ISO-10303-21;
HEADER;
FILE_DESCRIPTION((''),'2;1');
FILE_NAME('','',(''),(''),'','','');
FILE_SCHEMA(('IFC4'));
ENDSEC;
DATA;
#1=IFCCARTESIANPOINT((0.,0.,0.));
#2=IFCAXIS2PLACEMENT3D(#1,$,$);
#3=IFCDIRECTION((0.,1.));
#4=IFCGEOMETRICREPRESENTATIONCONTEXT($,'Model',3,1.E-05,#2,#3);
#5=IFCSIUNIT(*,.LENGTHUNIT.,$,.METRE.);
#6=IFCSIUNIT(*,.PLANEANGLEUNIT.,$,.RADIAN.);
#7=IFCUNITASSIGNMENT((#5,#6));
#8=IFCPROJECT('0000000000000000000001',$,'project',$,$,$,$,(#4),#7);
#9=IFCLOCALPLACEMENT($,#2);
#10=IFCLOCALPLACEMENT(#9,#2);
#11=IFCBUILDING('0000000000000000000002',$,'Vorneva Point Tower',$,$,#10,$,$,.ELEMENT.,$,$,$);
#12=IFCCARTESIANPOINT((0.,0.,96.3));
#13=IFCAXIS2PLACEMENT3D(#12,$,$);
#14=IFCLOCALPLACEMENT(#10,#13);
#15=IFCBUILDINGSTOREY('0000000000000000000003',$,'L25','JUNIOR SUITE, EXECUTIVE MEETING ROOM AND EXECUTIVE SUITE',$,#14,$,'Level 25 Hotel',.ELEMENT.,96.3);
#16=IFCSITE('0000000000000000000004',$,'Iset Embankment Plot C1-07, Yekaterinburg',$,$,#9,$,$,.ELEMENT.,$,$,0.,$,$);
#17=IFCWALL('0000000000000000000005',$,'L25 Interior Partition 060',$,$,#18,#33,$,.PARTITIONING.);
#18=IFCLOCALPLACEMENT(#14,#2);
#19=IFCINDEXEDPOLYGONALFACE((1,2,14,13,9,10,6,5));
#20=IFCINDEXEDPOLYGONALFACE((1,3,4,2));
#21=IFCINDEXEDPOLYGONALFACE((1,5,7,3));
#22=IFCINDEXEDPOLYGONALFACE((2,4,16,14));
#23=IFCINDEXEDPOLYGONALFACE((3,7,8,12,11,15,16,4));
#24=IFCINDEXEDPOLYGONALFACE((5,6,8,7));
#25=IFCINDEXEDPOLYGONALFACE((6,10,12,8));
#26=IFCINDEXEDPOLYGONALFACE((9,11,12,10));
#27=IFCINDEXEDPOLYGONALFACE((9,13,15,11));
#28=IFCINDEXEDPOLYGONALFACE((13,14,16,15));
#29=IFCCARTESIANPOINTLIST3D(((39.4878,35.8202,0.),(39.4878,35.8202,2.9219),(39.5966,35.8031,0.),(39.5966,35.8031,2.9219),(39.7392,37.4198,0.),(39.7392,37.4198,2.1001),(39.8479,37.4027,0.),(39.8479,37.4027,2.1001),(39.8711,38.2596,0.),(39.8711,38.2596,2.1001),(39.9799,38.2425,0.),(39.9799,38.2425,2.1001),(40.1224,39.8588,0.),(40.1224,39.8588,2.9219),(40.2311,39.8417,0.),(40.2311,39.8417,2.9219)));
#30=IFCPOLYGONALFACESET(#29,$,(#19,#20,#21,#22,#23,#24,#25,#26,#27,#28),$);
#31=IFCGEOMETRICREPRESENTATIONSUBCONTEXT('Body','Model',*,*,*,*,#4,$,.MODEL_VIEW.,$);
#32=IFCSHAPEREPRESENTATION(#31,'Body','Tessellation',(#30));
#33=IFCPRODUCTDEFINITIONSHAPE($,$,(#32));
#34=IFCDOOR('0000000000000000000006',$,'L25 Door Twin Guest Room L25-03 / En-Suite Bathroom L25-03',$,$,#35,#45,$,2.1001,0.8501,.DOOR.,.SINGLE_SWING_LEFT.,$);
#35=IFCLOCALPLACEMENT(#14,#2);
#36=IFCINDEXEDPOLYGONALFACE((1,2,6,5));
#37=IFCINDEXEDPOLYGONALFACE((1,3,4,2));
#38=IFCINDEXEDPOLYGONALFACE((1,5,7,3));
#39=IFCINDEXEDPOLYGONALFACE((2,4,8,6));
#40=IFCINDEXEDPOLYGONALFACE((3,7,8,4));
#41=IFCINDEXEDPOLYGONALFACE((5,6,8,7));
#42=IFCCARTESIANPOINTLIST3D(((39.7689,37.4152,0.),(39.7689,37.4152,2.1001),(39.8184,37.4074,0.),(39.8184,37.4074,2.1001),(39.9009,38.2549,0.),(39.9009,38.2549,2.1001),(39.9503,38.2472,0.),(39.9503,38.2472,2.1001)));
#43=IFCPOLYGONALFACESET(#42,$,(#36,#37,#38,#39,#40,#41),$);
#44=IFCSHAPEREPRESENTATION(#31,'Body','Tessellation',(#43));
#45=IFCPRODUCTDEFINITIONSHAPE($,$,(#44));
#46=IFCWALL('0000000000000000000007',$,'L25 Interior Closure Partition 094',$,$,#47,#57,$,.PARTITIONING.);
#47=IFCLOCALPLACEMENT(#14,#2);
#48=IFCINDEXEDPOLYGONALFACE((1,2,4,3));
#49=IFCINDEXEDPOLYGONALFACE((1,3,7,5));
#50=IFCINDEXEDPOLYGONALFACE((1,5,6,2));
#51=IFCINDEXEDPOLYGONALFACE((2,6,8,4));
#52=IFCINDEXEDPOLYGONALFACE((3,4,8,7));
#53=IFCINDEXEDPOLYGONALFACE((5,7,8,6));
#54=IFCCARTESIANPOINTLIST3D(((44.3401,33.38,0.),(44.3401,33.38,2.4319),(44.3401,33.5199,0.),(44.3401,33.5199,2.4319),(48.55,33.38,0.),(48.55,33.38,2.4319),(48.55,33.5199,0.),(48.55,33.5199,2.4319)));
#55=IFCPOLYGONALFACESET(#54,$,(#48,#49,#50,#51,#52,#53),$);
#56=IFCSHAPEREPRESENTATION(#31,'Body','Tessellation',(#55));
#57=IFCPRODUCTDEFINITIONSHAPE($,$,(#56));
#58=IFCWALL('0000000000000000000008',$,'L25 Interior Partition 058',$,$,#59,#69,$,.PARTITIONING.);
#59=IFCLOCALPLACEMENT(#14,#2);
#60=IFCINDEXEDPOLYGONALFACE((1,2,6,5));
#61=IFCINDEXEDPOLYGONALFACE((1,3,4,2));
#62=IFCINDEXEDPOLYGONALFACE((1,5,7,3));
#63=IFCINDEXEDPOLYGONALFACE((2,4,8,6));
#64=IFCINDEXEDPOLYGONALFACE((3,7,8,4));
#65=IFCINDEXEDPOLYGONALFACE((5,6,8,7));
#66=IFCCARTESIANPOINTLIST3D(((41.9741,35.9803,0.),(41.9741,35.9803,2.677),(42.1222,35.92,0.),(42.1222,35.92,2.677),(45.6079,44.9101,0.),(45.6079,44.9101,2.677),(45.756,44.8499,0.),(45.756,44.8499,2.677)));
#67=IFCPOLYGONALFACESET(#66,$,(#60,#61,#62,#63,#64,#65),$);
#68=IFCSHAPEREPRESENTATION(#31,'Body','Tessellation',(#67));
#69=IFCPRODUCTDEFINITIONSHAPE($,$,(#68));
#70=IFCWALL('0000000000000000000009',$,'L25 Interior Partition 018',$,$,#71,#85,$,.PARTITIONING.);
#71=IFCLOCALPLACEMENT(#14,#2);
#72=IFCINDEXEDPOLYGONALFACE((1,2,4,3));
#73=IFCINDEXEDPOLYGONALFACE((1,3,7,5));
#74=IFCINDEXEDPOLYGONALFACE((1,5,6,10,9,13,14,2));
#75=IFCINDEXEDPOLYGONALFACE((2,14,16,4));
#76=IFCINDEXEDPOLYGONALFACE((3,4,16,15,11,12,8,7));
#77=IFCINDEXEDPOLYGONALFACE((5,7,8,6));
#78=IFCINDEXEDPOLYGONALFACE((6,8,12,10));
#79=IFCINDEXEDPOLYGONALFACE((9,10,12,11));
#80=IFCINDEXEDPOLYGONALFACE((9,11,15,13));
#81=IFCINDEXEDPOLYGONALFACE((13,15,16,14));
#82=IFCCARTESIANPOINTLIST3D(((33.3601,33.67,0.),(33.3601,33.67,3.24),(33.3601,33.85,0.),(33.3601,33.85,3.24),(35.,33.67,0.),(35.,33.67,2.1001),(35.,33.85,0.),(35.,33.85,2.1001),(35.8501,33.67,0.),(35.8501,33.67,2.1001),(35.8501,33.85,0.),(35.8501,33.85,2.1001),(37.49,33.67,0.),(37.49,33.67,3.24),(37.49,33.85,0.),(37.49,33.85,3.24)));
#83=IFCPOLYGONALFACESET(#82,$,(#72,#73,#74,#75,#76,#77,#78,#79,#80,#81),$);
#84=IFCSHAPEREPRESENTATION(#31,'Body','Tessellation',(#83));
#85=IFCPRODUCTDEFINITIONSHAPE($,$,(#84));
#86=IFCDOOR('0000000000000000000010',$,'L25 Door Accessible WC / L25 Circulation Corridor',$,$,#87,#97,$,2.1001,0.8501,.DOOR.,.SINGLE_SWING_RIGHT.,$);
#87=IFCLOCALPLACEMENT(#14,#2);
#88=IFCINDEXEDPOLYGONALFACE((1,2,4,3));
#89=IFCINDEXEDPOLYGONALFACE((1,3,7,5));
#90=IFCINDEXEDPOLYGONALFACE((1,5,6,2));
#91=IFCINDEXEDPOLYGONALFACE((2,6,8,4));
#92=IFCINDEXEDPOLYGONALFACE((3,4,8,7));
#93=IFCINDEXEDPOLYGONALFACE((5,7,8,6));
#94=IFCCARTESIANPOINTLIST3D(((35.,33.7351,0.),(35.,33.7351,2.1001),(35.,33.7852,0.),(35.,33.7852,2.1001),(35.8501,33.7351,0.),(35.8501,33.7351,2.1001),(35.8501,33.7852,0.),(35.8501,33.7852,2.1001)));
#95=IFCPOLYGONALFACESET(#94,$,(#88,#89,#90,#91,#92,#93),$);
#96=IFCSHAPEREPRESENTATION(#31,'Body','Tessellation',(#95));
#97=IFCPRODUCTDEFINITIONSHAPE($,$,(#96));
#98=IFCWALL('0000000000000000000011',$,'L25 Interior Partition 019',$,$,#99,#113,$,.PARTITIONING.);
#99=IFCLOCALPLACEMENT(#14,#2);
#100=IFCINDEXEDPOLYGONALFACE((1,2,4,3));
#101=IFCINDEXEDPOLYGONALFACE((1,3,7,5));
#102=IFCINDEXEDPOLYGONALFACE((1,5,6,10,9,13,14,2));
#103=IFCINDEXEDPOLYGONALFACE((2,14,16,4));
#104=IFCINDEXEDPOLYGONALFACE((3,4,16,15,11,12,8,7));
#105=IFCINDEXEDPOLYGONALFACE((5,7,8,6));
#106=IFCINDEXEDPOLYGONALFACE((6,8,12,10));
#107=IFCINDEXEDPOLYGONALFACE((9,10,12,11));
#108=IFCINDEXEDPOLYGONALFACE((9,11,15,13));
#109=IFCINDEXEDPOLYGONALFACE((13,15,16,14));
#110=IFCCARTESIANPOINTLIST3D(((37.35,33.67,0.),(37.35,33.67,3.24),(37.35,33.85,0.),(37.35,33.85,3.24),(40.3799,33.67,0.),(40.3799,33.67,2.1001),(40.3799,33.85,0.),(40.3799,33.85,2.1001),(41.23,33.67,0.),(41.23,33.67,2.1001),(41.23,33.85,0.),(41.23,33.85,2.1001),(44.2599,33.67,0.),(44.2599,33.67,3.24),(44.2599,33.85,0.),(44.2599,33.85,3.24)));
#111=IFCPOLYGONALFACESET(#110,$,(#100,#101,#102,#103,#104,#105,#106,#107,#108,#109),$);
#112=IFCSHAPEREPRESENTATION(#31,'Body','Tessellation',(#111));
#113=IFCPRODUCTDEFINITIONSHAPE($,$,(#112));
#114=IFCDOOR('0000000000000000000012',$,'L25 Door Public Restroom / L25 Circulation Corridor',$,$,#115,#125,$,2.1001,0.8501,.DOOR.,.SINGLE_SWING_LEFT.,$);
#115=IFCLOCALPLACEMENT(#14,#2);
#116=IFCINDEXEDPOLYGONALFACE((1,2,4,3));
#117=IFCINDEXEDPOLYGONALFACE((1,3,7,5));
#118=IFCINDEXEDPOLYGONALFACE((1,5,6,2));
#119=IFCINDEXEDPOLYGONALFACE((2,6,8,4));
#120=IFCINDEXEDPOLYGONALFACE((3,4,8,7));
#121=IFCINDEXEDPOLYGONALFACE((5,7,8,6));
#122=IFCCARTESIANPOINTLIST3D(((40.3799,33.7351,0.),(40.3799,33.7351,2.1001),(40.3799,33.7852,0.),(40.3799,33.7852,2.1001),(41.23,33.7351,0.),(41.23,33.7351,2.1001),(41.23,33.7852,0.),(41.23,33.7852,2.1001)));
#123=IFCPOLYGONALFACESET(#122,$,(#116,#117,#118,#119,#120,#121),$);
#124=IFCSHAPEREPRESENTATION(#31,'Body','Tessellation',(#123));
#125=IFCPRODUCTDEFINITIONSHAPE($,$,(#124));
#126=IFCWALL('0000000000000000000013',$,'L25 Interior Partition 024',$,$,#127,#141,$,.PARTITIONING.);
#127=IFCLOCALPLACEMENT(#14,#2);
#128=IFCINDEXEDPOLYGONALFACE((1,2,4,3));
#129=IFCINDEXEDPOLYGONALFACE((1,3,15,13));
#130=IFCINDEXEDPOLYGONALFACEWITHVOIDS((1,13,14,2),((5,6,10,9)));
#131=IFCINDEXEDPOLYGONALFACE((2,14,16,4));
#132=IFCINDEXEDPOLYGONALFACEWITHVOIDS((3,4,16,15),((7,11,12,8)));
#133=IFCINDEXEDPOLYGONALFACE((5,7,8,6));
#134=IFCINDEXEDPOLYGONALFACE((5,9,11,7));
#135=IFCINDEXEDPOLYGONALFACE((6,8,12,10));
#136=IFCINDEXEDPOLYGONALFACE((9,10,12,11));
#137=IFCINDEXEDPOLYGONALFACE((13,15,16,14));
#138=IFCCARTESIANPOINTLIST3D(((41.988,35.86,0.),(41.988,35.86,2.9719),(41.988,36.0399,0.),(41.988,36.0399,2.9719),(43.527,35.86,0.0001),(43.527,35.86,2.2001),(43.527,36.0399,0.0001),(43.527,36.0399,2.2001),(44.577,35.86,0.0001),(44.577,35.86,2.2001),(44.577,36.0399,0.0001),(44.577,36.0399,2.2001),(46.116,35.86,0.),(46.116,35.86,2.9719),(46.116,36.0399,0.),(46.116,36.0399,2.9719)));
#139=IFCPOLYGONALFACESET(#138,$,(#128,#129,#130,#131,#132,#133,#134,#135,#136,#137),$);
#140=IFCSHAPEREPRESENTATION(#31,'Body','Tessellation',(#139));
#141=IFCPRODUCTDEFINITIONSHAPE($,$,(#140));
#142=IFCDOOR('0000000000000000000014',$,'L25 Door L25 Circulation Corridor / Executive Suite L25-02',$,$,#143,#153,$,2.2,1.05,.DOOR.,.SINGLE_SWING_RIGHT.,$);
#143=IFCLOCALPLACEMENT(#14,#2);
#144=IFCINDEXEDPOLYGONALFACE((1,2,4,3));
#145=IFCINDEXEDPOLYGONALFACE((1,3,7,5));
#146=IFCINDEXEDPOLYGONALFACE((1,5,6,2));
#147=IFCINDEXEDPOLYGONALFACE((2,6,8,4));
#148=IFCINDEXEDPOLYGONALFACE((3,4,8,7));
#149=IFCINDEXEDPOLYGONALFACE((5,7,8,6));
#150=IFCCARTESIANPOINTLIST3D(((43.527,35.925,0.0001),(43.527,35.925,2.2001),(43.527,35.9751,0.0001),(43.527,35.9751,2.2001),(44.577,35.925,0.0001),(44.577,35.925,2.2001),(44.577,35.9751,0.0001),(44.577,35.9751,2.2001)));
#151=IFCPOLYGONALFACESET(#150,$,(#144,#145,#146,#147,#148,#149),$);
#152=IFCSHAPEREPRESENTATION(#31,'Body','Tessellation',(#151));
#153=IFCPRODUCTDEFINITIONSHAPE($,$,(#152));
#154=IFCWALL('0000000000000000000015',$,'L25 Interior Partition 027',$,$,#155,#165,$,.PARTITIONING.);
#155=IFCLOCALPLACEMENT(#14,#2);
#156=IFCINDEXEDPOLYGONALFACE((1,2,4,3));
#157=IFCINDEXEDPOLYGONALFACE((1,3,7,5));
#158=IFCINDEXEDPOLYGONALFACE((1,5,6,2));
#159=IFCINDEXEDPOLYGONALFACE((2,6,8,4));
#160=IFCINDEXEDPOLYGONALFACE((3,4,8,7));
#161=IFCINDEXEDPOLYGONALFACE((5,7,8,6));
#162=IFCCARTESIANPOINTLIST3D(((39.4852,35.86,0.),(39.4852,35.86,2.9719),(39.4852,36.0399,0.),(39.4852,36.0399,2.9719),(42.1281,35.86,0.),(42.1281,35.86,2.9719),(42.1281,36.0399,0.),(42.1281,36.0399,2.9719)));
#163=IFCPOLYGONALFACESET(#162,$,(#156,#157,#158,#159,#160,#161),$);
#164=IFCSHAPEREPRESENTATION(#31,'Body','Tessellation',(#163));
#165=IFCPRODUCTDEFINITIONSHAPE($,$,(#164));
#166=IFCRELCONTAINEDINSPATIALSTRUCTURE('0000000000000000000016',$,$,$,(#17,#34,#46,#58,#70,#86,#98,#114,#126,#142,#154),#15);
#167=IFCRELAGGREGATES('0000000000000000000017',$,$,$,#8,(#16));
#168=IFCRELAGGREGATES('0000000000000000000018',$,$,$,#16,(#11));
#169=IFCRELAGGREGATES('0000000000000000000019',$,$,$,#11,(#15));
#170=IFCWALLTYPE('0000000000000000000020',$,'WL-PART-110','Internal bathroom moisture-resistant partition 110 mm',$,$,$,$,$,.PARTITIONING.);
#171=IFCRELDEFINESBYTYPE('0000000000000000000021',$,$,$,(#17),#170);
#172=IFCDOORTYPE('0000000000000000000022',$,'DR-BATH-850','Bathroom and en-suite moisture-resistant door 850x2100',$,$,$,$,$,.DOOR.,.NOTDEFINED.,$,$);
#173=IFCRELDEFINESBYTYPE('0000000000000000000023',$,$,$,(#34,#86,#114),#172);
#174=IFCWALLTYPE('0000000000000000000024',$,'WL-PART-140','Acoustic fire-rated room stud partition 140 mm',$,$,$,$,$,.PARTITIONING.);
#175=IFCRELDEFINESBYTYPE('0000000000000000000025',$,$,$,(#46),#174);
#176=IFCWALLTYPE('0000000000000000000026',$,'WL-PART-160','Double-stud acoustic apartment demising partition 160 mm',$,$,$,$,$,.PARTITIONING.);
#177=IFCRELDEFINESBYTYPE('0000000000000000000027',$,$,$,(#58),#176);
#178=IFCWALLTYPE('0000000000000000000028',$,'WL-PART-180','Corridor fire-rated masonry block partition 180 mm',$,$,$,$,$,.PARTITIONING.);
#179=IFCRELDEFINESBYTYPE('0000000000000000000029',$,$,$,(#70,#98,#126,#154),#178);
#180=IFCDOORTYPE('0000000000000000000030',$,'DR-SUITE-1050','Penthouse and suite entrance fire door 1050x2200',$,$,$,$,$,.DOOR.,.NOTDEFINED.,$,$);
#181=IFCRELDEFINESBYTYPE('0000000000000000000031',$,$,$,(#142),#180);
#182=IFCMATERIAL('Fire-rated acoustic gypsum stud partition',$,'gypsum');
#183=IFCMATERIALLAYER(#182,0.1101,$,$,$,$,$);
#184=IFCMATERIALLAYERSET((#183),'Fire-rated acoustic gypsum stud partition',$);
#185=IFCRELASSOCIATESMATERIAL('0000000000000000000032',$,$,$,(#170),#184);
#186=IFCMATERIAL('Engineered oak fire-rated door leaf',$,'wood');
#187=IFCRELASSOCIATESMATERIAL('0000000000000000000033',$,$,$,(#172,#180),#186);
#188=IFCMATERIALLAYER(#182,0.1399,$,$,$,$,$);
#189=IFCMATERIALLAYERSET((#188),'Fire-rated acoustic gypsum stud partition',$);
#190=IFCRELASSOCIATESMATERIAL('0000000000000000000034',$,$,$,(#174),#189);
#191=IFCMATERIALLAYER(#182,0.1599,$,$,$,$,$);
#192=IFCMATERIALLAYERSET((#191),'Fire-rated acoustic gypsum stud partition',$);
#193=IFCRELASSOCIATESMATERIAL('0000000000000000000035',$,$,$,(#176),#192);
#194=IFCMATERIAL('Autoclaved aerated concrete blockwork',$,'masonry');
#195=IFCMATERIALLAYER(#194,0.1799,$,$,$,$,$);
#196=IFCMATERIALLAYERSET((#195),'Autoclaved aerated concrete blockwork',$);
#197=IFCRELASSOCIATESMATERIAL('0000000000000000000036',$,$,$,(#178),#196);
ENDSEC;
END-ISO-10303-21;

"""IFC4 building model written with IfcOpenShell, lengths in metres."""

from ifc_helpers import new_model, si_unit, direction, frame, frame_2d, origin, place, context, subcontext, project, spatial, rectangle, extrude, material, layer, layer_set, type_object, element, fill, save


model = new_model("IFC4")

# Units and contexts
model_context = context("Model", 3, precision=1e-05, world=origin(), true_north=direction((0.0, 1.0)))
body_context = subcontext(model_context, "Body", "Model", "MODEL_VIEW")
ifc_project = project(units=[si_unit("LENGTHUNIT", "METRE"), si_unit("PLANEANGLEUNIT", "RADIAN")], contexts=[model_context])

# Site, building, storey
site_placement = place(None, origin())
site = spatial("IfcSite", under=ifc_project, at=site_placement, Name="Iset Embankment Plot C1-07, Yekaterinburg", CompositionType="ELEMENT", RefElevation=0.0)
building_placement = place(site_placement, origin())
building = spatial("IfcBuilding", under=site, at=building_placement, Name="Vorneva Point Tower", CompositionType="ELEMENT")
storey_placement = place(building_placement, frame((0.0, 0.0, 96.3)))
storey = spatial("IfcBuildingStorey", under=building, at=storey_placement, Name="L25", Description="JUNIOR SUITE, EXECUTIVE MEETING ROOM AND EXECUTIVE SUITE", LongName="Level 25 Hotel", CompositionType="ELEMENT", Elevation=96.3)

# Shared definitions
ifc_material_1 = material(Name="Fire-rated acoustic gypsum stud partition", Category="gypsum")
ifc_layer_1 = layer(ifc_material_1, 0.1101)
ifc_layer_set_1 = layer_set([ifc_layer_1], Name="Fire-rated acoustic gypsum stud partition")
wall_type_1 = type_object("IfcWallType", Name="WL-PART-110", Description="Internal bathroom moisture-resistant partition 110 mm", PredefinedType="PARTITIONING", material=ifc_layer_set_1)

# Wall, opening, door
wall_1_placement = place(storey_placement, frame((39.5422, 35.8118, 0.0), z_axis=(0.0, 0.0, 1.0), x_axis=(0.155211, 0.987881, 0.0)))
wall_1 = element("IfcWall", 1, at=wall_1_placement, inside=storey, type_object=wall_type_1, Name="L25 Interior Partition 060", PredefinedType="PARTITIONING", context=body_context, shape_type="SweptSolid", body=[
    extrude(rectangle(XDim=4.0881, YDim=0.1101, at=frame_2d((2.0439, 0.0))), origin(), (0.0, 0.0, 1.0), 2.9219),
])
opening_1_placement = place(wall_1_placement, frame((1.6191, 0.0, 0.0)))
opening_1 = element("IfcOpeningElement", 2, at=opening_1_placement, cuts=wall_1, PredefinedType="OPENING", context=body_context, shape_type="SweptSolid", body=[
    extrude(rectangle(XDim=0.8501, YDim=2.1001, at=frame_2d((0.425, 1.05))), frame((0.0, 0.0698, 0.0), z_axis=(0.0, -1.0, 0.0), x_axis=(1.0, 0.0, 0.0)), (0.0, 0.0, 1.0), 0.1399),
])
ifc_material_2 = material(Name="Engineered oak fire-rated door leaf", Category="wood")
door_type_1 = type_object("IfcDoorType", Name="DR-BATH-850", Description="Bathroom and en-suite moisture-resistant door 850x2100", OperationType="NOTDEFINED", PredefinedType="DOOR", material=ifc_material_2)
door_1_placement = place(opening_1_placement, origin())
door_1 = element("IfcDoor", 3, at=door_1_placement, inside=storey, type_object=door_type_1, Name="L25 Door Twin Guest Room L25-03 / En-Suite Bathroom L25-03", OperationType="SINGLE_SWING_LEFT", OverallHeight=2.1001, OverallWidth=0.8501, PredefinedType="DOOR", context=body_context, shape_type="SweptSolid", body=[
    extrude(rectangle(XDim=0.8501, YDim=2.1001, at=frame_2d((0.425, 1.05))), frame((0.0, 0.0249, 0.0), z_axis=(0.0, -1.0, 0.0), x_axis=(1.0, 0.0, 0.0)), (0.0, 0.0, 1.0), 0.05),
])
fill(opening_1, door_1)

# Walls
ifc_layer_2 = layer(ifc_material_1, 0.1399)
ifc_layer_set_2 = layer_set([ifc_layer_2], Name="Fire-rated acoustic gypsum stud partition")
wall_type_2 = type_object("IfcWallType", Name="WL-PART-140", Description="Acoustic fire-rated room stud partition 140 mm", PredefinedType="PARTITIONING", material=ifc_layer_set_2)
wall_2_placement = place(storey_placement, frame((44.3401, 33.45, 0.0), z_axis=(0.0, 0.0, 1.0), x_axis=(1.0, 0.0, 0.0)))
element("IfcWall", 4, at=wall_2_placement, inside=storey, type_object=wall_type_2, Name="L25 Interior Closure Partition 094", PredefinedType="PARTITIONING", context=body_context, shape_type="SweptSolid", body=[
    extrude(rectangle(XDim=4.21, YDim=0.1399, at=frame_2d((2.105, 0.0))), origin(), (0.0, 0.0, 1.0), 2.4319),
])
ifc_layer_3 = layer(ifc_material_1, 0.1599)
ifc_layer_set_3 = layer_set([ifc_layer_3], Name="Fire-rated acoustic gypsum stud partition")
wall_type_3 = type_object("IfcWallType", Name="WL-PART-160", Description="Double-stud acoustic apartment demising partition 160 mm", PredefinedType="PARTITIONING", material=ifc_layer_set_3)
wall_3_placement = place(storey_placement, frame((45.6819, 44.8799, 0.0), z_axis=(0.0, 0.0, 1.0), x_axis=(-0.376912, -0.926249, 0.0)))
element("IfcWall", 5, at=wall_3_placement, inside=storey, type_object=wall_type_3, Name="L25 Interior Partition 058", PredefinedType="PARTITIONING", context=body_context, shape_type="SweptSolid", body=[
    extrude(rectangle(XDim=9.6409, YDim=0.1599, at=frame_2d((4.8203, 0.0))), origin(), (0.0, 0.0, 1.0), 2.677),
])

# Walls, openings, doors
ifc_material_3 = material(Name="Autoclaved aerated concrete blockwork", Category="masonry")
ifc_layer_4 = layer(ifc_material_3, 0.1799)
ifc_layer_set_4 = layer_set([ifc_layer_4], Name="Autoclaved aerated concrete blockwork")
wall_type_4 = type_object("IfcWallType", Name="WL-PART-180", Description="Corridor fire-rated masonry block partition 180 mm", PredefinedType="PARTITIONING", material=ifc_layer_set_4)
wall_4_placement = place(storey_placement, frame((37.49, 33.76, 0.0), z_axis=(0.0, 0.0, 1.0), x_axis=(-1.0, 0.0, 0.0)))
wall_4 = element("IfcWall", 6, at=wall_4_placement, inside=storey, type_object=wall_type_4, Name="L25 Interior Partition 018", PredefinedType="PARTITIONING", context=body_context, shape_type="SweptSolid", body=[
    extrude(rectangle(XDim=4.1299, YDim=0.1799, at=frame_2d((2.0649, 0.0))), origin(), (0.0, 0.0, 1.0), 3.24),
])
opening_2_placement = place(wall_4_placement, frame((1.6399, 0.0, 0.0)))
opening_2 = element("IfcOpeningElement", 7, at=opening_2_placement, cuts=wall_4, PredefinedType="OPENING", context=body_context, shape_type="SweptSolid", body=[
    extrude(rectangle(XDim=0.8501, YDim=2.1001, at=frame_2d((0.425, 1.05))), frame((0.0, 0.105, 0.0), z_axis=(0.0, -1.0, 0.0), x_axis=(1.0, 0.0, 0.0)), (0.0, 0.0, 1.0), 0.2097),
])
door_2_placement = place(opening_2_placement, origin())
door_2 = element("IfcDoor", 8, at=door_2_placement, inside=storey, type_object=door_type_1, Name="L25 Door Accessible WC / L25 Circulation Corridor", OperationType="SINGLE_SWING_RIGHT", OverallHeight=2.1001, OverallWidth=0.8501, PredefinedType="DOOR", context=body_context, shape_type="SweptSolid", body=[
    extrude(rectangle(XDim=0.8501, YDim=2.1001, at=frame_2d((0.425, 1.05))), frame((0.0, 0.0249, 0.0), z_axis=(0.0, -1.0, 0.0), x_axis=(1.0, 0.0, 0.0)), (0.0, 0.0, 1.0), 0.05),
])
fill(opening_2, door_2)
wall_5_placement = place(storey_placement, frame((44.26, 33.76, 0.0), z_axis=(0.0, 0.0, 1.0), x_axis=(-1.0, 0.0, 0.0)))
wall_5 = element("IfcWall", 9, at=wall_5_placement, inside=storey, type_object=wall_type_4, Name="L25 Interior Partition 019", PredefinedType="PARTITIONING", context=body_context, shape_type="SweptSolid", body=[
    extrude(rectangle(XDim=6.9099, YDim=0.1799, at=frame_2d((3.4551, 0.0))), origin(), (0.0, 0.0, 1.0), 3.24),
])
opening_3_placement = place(wall_5_placement, frame((3.03, 0.0, 0.0)))
opening_3 = element("IfcOpeningElement", 10, at=opening_3_placement, cuts=wall_5, PredefinedType="OPENING", context=body_context, shape_type="SweptSolid", body=[
    extrude(rectangle(XDim=0.8501, YDim=2.1001, at=frame_2d((0.425, 1.05))), frame((0.0, 0.105, 0.0), z_axis=(0.0, -1.0, 0.0), x_axis=(1.0, 0.0, 0.0)), (0.0, 0.0, 1.0), 0.2097),
])
door_3_placement = place(opening_3_placement, origin())
door_3 = element("IfcDoor", 11, at=door_3_placement, inside=storey, type_object=door_type_1, Name="L25 Door Public Restroom / L25 Circulation Corridor", OperationType="SINGLE_SWING_LEFT", OverallHeight=2.1001, OverallWidth=0.8501, PredefinedType="DOOR", context=body_context, shape_type="SweptSolid", body=[
    extrude(rectangle(XDim=0.8501, YDim=2.1001, at=frame_2d((0.425, 1.05))), frame((0.0, 0.0249, 0.0), z_axis=(0.0, -1.0, 0.0), x_axis=(1.0, 0.0, 0.0)), (0.0, 0.0, 1.0), 0.05),
])
fill(opening_3, door_3)
wall_6_placement = place(storey_placement, frame((46.116, 35.95, 0.0), z_axis=(0.0, 0.0, 1.0), x_axis=(-1.0, 0.0, 0.0)))
wall_6 = element("IfcWall", 12, at=wall_6_placement, inside=storey, type_object=wall_type_4, Name="L25 Interior Partition 024", PredefinedType="PARTITIONING", context=body_context, shape_type="SweptSolid", body=[
    extrude(rectangle(XDim=4.1279, YDim=0.1799, at=frame_2d((2.064, 0.0))), origin(), (0.0, 0.0, 1.0), 2.9719),
])
opening_4_placement = place(wall_6_placement, frame((1.5391, 0.0, 0.0)))
opening_4 = element("IfcOpeningElement", 13, at=opening_4_placement, cuts=wall_6, PredefinedType="OPENING", context=body_context, shape_type="SweptSolid", body=[
    extrude(rectangle(XDim=1.05, YDim=2.2, at=frame_2d((0.5249, 1.1001))), frame((0.0, 0.105, 0.0), z_axis=(0.0, -1.0, 0.0), x_axis=(1.0, 0.0, 0.0)), (0.0, 0.0, 1.0), 0.2097),
])
door_type_2 = type_object("IfcDoorType", Name="DR-SUITE-1050", Description="Penthouse and suite entrance fire door 1050x2200", OperationType="NOTDEFINED", PredefinedType="DOOR", material=ifc_material_2)
door_4_placement = place(opening_4_placement, origin())
door_4 = element("IfcDoor", 14, at=door_4_placement, inside=storey, type_object=door_type_2, Name="L25 Door L25 Circulation Corridor / Executive Suite L25-02", OperationType="SINGLE_SWING_RIGHT", OverallHeight=2.2, OverallWidth=1.05, PredefinedType="DOOR", context=body_context, shape_type="SweptSolid", body=[
    extrude(rectangle(XDim=1.05, YDim=2.2, at=frame_2d((0.5249, 1.1001))), frame((0.0, 0.0249, 0.0), z_axis=(0.0, -1.0, 0.0), x_axis=(1.0, 0.0, 0.0)), (0.0, 0.0, 1.0), 0.05),
])
fill(opening_4, door_4)

# Wall
wall_7_placement = place(storey_placement, frame((42.1279, 35.95, 0.0), z_axis=(0.0, 0.0, 1.0), x_axis=(-1.0, 0.0, 0.0)))
element("IfcWall", 15, at=wall_7_placement, inside=storey, type_object=wall_type_4, Name="L25 Interior Partition 027", PredefinedType="PARTITIONING", context=body_context, shape_type="SweptSolid", body=[
    extrude(rectangle(XDim=2.6428, YDim=0.1799, at=frame_2d((1.3213, 0.0))), origin(), (0.0, 0.0, 1.0), 2.9719),
])

save(model, "model.ifc")
